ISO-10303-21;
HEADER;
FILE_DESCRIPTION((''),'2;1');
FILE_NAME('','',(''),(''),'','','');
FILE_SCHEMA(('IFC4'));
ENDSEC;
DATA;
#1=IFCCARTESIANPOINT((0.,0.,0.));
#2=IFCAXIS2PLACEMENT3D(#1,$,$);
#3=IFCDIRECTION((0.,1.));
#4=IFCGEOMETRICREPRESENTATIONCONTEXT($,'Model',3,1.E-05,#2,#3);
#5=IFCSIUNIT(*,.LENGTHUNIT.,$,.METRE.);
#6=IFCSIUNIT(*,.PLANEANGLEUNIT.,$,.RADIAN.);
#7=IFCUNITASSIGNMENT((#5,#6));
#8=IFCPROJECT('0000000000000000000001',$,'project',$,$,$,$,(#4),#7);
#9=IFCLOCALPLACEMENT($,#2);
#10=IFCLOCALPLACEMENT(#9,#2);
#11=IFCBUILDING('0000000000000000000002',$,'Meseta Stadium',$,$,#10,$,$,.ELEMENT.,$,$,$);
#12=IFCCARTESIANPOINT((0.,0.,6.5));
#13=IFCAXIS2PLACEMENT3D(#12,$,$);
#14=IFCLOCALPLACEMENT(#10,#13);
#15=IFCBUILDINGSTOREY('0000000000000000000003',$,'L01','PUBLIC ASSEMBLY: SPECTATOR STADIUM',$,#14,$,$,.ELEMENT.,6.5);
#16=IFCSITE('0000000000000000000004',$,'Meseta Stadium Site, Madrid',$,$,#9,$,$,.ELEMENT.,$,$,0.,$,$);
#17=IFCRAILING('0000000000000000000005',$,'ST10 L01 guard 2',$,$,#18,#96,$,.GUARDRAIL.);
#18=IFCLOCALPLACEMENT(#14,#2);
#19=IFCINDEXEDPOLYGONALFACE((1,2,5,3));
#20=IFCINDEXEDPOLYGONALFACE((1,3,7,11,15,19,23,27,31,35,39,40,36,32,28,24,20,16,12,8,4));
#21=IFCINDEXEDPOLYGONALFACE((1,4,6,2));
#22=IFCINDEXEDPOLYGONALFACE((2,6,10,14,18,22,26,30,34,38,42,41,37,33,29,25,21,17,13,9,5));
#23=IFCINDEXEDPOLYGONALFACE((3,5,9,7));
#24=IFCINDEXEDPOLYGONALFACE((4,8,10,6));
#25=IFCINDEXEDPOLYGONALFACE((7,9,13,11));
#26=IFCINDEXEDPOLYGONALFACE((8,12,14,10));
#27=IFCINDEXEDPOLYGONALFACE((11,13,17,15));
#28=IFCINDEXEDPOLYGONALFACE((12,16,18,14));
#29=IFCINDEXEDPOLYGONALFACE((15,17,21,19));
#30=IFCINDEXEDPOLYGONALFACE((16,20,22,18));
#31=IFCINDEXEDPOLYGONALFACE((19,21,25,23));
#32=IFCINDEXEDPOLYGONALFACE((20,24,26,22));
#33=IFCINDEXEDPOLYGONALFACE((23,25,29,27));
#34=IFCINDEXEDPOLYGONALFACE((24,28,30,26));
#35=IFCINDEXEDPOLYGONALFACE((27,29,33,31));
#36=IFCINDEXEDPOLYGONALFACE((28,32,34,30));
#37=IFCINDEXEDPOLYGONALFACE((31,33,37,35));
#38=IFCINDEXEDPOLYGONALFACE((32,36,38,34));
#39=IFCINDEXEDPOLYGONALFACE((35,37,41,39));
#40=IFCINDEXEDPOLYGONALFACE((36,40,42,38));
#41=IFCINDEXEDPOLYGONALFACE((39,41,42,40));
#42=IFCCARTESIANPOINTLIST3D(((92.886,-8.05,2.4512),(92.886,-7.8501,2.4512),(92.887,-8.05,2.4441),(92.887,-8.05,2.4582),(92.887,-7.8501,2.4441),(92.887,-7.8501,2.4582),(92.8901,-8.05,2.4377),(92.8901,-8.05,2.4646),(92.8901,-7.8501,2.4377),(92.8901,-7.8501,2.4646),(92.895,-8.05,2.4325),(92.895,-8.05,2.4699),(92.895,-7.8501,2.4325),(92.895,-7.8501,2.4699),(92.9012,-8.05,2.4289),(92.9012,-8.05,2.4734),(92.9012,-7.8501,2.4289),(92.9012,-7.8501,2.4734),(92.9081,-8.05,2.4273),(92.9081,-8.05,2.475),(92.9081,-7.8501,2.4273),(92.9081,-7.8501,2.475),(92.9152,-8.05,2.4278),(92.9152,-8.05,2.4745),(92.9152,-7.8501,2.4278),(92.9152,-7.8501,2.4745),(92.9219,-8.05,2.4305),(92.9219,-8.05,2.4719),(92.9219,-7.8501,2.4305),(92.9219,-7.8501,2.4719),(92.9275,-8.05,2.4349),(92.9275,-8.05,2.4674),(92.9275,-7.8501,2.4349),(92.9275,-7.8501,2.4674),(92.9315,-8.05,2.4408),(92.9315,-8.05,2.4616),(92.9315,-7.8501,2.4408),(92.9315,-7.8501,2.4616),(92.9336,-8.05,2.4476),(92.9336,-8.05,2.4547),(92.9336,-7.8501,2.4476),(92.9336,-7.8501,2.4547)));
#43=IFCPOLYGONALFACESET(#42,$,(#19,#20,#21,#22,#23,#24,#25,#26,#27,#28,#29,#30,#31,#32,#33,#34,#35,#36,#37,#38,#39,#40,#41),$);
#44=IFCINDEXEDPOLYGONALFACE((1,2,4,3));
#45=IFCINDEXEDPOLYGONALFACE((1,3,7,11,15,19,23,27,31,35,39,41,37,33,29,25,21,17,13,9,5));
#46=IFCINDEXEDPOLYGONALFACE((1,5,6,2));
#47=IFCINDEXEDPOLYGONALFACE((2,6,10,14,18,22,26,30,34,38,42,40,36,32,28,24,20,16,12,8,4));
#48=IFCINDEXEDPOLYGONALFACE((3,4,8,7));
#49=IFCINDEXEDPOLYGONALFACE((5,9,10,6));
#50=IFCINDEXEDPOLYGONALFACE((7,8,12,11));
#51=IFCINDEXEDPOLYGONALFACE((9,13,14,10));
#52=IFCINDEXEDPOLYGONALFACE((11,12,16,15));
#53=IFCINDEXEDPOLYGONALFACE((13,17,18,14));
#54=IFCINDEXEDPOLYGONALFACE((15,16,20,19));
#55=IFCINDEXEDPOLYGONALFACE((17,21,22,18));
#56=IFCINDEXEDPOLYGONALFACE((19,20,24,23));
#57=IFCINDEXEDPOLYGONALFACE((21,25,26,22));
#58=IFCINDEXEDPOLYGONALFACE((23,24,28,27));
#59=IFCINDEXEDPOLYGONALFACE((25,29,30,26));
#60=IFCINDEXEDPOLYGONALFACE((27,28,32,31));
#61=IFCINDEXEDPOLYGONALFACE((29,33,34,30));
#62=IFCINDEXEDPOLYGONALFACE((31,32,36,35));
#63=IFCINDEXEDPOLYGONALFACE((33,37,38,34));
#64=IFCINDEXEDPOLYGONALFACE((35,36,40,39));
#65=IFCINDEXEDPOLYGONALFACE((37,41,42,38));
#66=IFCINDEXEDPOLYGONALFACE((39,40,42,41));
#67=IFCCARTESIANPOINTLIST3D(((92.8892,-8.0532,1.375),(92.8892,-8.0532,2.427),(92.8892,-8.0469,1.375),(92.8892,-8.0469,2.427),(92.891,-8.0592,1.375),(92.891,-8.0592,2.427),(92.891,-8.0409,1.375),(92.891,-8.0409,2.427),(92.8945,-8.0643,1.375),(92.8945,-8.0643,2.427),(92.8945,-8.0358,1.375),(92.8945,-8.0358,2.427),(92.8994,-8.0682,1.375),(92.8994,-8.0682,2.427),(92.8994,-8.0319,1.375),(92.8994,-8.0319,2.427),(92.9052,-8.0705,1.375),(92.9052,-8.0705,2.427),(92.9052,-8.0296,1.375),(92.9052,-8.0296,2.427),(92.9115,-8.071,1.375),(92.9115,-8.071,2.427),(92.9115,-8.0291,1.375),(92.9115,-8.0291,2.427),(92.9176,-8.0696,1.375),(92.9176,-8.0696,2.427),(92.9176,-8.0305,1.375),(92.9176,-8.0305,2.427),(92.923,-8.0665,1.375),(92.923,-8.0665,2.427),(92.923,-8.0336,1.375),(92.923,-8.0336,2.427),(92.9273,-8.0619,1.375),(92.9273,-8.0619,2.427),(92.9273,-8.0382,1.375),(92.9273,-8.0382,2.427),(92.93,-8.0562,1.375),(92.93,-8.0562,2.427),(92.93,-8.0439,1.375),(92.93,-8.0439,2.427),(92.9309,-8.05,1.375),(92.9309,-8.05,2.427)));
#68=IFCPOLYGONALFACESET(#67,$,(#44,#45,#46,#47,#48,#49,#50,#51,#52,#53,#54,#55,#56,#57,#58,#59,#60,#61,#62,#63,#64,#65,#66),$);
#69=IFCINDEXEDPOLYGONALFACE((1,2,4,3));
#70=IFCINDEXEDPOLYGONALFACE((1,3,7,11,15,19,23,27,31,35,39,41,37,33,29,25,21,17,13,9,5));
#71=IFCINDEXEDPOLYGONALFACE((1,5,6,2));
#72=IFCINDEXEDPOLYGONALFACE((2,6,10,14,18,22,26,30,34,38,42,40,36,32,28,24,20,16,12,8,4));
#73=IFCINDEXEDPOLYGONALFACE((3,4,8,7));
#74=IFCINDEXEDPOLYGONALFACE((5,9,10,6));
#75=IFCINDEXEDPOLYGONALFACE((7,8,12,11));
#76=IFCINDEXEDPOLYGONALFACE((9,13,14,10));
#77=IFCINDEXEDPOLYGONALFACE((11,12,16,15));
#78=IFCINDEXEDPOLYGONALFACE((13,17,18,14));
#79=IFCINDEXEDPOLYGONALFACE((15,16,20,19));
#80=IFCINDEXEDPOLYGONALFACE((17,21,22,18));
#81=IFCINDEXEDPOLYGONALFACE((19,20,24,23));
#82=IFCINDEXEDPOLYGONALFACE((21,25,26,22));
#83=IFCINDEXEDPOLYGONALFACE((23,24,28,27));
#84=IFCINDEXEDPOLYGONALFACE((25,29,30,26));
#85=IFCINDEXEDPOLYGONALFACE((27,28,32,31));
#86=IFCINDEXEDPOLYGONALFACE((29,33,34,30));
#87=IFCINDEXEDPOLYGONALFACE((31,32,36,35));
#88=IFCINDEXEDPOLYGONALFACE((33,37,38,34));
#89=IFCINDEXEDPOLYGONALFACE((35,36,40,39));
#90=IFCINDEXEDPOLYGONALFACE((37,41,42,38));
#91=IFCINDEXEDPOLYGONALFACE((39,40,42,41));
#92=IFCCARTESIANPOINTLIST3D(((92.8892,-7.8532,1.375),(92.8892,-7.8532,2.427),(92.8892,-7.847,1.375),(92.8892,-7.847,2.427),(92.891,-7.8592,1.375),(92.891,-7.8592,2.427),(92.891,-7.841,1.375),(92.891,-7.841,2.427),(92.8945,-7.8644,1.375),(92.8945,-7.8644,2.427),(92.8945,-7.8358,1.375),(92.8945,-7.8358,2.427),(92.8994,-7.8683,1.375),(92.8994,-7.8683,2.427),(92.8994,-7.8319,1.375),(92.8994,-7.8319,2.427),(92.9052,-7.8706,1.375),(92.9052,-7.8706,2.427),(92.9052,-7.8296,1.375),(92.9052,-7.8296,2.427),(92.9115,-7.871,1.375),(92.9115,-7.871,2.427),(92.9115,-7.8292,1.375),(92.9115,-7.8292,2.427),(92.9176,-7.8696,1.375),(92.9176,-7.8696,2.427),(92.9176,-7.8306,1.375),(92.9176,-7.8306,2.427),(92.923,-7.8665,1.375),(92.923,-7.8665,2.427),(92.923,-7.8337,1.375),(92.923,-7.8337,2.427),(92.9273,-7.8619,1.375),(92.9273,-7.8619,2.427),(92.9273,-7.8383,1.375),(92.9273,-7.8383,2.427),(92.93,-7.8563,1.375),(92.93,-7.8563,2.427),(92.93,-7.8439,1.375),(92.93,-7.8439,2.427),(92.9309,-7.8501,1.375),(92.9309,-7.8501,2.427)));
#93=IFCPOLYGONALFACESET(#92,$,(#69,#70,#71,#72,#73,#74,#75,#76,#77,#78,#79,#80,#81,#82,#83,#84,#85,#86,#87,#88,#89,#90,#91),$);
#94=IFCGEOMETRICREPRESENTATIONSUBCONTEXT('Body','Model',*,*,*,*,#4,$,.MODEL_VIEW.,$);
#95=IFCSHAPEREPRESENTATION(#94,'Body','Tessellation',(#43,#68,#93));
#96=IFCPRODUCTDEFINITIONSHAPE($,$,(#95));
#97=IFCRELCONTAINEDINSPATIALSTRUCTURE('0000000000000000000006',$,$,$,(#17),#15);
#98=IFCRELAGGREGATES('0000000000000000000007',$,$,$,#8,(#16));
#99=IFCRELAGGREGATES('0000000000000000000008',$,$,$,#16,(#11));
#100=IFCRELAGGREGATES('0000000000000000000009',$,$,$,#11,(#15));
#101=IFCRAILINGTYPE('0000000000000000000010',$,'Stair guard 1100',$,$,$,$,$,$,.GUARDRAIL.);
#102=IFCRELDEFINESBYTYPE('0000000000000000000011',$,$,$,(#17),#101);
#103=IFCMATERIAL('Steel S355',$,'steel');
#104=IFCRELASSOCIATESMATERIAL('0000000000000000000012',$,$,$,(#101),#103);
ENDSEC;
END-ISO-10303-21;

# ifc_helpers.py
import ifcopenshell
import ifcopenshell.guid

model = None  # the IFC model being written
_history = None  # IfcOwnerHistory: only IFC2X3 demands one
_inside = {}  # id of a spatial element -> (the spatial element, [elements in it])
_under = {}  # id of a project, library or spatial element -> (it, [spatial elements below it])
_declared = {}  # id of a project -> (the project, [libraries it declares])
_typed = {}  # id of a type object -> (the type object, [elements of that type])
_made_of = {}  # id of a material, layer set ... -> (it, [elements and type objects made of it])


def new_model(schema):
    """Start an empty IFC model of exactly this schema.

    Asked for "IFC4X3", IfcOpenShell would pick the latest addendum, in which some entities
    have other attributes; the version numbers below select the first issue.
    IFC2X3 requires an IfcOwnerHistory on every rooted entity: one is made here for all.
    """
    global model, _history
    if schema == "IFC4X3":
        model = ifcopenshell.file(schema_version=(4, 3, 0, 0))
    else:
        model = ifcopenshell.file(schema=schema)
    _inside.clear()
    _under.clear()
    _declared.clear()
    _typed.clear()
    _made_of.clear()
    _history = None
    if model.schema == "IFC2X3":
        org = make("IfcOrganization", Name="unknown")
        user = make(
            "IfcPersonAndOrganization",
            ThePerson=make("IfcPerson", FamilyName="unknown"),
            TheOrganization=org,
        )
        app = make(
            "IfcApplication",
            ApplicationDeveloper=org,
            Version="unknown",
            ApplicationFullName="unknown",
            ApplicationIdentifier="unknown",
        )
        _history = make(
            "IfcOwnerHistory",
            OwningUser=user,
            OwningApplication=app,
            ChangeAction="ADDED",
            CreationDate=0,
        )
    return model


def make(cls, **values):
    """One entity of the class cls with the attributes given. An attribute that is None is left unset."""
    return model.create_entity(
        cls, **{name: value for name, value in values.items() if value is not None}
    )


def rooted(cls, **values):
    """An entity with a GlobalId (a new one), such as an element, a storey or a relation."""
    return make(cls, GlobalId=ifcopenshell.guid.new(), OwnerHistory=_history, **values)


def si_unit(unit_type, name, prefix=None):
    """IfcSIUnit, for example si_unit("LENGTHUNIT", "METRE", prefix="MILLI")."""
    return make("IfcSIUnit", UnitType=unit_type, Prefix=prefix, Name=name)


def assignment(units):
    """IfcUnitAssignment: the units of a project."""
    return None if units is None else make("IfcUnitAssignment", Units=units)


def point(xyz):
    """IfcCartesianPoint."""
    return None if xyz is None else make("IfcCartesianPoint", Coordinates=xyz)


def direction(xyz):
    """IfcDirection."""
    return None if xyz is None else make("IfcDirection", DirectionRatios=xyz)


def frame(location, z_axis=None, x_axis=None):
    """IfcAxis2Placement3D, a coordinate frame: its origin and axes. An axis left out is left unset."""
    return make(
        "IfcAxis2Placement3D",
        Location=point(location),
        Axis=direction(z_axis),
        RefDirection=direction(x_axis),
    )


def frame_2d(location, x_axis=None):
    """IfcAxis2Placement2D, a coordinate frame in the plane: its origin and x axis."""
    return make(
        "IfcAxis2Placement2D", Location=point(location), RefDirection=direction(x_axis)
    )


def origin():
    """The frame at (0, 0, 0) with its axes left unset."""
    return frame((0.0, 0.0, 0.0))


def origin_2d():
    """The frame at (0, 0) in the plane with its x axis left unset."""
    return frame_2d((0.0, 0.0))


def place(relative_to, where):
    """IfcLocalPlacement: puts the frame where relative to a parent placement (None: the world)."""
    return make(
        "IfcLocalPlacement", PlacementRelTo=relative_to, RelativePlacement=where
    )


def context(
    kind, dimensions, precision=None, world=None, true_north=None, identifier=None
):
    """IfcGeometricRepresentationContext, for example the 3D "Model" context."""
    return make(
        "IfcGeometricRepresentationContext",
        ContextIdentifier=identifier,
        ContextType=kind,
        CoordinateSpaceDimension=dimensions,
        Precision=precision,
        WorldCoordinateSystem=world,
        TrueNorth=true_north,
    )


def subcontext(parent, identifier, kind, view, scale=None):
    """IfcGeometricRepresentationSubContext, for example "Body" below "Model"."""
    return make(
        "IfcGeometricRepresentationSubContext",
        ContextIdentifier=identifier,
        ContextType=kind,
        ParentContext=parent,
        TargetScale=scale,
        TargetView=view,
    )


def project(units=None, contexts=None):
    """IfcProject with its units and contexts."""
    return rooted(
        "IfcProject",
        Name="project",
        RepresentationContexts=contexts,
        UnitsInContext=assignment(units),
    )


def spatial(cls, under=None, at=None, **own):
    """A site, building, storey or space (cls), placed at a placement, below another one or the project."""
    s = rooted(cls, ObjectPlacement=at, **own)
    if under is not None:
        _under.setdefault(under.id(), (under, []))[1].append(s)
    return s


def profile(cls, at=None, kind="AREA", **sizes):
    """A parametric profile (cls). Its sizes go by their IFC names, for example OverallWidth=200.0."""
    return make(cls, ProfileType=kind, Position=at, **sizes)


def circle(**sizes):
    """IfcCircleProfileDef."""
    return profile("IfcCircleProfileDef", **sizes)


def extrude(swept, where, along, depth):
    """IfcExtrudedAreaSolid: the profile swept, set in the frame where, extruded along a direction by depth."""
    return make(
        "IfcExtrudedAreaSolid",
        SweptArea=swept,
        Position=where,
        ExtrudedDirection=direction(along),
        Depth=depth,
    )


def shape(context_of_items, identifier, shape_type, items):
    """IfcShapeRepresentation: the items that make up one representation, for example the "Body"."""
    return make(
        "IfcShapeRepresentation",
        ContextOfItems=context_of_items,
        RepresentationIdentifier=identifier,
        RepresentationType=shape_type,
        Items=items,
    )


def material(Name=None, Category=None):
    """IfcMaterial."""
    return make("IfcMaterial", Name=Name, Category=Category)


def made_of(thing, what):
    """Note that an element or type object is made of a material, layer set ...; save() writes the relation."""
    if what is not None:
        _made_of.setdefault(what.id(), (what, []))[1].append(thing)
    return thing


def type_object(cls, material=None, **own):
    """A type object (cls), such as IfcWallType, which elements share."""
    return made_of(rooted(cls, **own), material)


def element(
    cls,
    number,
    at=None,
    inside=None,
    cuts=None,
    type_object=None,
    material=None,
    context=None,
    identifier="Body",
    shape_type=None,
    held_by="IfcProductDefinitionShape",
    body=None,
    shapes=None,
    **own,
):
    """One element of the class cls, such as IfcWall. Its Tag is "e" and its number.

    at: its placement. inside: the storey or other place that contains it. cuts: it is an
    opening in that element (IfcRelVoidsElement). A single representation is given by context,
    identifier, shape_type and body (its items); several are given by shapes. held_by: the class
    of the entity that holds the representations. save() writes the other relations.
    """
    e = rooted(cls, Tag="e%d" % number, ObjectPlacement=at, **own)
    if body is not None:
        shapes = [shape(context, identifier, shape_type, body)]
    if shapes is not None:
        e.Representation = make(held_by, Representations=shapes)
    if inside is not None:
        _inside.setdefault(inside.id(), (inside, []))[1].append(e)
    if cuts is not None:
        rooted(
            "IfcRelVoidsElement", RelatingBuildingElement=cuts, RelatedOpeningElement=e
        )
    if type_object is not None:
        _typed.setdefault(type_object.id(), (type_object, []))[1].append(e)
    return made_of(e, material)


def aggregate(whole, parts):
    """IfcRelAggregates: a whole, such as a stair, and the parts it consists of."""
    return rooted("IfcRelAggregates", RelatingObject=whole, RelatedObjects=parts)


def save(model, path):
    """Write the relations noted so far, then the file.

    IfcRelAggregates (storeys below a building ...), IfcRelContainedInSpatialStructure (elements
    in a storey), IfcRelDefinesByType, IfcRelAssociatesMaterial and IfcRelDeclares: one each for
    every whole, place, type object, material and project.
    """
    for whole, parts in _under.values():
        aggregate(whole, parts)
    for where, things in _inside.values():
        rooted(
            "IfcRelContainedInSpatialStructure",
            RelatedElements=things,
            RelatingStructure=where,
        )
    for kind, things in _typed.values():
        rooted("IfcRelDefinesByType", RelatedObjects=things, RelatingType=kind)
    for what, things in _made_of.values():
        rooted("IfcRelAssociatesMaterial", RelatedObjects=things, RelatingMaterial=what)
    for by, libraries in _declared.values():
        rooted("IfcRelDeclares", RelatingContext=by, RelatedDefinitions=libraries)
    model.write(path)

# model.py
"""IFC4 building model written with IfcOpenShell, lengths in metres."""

from ifc_helpers import new_model, si_unit, direction, frame, origin, origin_2d, place, context, subcontext, project, spatial, circle, extrude, material, type_object, element, save


model = new_model("IFC4")

# Units and contexts
model_context = context("Model", 3, precision=1e-05, world=origin(), true_north=direction((0.0, 1.0)))
body_context = subcontext(model_context, "Body", "Model", "MODEL_VIEW")
ifc_project = project(units=[si_unit("LENGTHUNIT", "METRE"), si_unit("PLANEANGLEUNIT", "RADIAN")], contexts=[model_context])

# Site, building, storey
site_placement = place(None, origin())
site = spatial("IfcSite", under=ifc_project, at=site_placement, Name="Meseta Stadium Site, Madrid", CompositionType="ELEMENT", RefElevation=0.0)
building_placement = place(site_placement, origin())
building = spatial("IfcBuilding", under=site, at=building_placement, Name="Meseta Stadium", CompositionType="ELEMENT")
storey_placement = place(building_placement, frame((0.0, 0.0, 6.5)))
storey = spatial("IfcBuildingStorey", under=building, at=storey_placement, Name="L01", Description="PUBLIC ASSEMBLY: SPECTATOR STADIUM", CompositionType="ELEMENT", Elevation=6.5)

# Railing
ifc_material_1 = material(Name="Steel S355", Category="steel")
railing_type_1 = type_object("IfcRailingType", Name="Stair guard 1100", PredefinedType="GUARDRAIL", material=ifc_material_1)
railing_1_placement = place(storey_placement, frame((92.9099, -8.05, 1.375)))
element("IfcRailing", 1, at=railing_1_placement, inside=storey, type_object=railing_type_1, Name="ST10 L01 guard 2", PredefinedType="GUARDRAIL", context=body_context, shape_type="SweptSolid", body=[
    extrude(circle(Radius=0.0239, at=origin_2d()), frame((0.0, 0.0, 1.0762), z_axis=(0.0, 1.0, 0.0), x_axis=(-1.0, 0.0, 0.0)), (0.0, 0.0, 1.0), 0.2),
    extrude(circle(Radius=0.021, at=origin_2d()), origin(), (0.0, 0.0, 1.0), 1.052),
    extrude(circle(Radius=0.021, at=origin_2d()), frame((0.0, 0.2, 0.0)), (0.0, 0.0, 1.0), 1.052),
])

save(model, "model.ifc")
